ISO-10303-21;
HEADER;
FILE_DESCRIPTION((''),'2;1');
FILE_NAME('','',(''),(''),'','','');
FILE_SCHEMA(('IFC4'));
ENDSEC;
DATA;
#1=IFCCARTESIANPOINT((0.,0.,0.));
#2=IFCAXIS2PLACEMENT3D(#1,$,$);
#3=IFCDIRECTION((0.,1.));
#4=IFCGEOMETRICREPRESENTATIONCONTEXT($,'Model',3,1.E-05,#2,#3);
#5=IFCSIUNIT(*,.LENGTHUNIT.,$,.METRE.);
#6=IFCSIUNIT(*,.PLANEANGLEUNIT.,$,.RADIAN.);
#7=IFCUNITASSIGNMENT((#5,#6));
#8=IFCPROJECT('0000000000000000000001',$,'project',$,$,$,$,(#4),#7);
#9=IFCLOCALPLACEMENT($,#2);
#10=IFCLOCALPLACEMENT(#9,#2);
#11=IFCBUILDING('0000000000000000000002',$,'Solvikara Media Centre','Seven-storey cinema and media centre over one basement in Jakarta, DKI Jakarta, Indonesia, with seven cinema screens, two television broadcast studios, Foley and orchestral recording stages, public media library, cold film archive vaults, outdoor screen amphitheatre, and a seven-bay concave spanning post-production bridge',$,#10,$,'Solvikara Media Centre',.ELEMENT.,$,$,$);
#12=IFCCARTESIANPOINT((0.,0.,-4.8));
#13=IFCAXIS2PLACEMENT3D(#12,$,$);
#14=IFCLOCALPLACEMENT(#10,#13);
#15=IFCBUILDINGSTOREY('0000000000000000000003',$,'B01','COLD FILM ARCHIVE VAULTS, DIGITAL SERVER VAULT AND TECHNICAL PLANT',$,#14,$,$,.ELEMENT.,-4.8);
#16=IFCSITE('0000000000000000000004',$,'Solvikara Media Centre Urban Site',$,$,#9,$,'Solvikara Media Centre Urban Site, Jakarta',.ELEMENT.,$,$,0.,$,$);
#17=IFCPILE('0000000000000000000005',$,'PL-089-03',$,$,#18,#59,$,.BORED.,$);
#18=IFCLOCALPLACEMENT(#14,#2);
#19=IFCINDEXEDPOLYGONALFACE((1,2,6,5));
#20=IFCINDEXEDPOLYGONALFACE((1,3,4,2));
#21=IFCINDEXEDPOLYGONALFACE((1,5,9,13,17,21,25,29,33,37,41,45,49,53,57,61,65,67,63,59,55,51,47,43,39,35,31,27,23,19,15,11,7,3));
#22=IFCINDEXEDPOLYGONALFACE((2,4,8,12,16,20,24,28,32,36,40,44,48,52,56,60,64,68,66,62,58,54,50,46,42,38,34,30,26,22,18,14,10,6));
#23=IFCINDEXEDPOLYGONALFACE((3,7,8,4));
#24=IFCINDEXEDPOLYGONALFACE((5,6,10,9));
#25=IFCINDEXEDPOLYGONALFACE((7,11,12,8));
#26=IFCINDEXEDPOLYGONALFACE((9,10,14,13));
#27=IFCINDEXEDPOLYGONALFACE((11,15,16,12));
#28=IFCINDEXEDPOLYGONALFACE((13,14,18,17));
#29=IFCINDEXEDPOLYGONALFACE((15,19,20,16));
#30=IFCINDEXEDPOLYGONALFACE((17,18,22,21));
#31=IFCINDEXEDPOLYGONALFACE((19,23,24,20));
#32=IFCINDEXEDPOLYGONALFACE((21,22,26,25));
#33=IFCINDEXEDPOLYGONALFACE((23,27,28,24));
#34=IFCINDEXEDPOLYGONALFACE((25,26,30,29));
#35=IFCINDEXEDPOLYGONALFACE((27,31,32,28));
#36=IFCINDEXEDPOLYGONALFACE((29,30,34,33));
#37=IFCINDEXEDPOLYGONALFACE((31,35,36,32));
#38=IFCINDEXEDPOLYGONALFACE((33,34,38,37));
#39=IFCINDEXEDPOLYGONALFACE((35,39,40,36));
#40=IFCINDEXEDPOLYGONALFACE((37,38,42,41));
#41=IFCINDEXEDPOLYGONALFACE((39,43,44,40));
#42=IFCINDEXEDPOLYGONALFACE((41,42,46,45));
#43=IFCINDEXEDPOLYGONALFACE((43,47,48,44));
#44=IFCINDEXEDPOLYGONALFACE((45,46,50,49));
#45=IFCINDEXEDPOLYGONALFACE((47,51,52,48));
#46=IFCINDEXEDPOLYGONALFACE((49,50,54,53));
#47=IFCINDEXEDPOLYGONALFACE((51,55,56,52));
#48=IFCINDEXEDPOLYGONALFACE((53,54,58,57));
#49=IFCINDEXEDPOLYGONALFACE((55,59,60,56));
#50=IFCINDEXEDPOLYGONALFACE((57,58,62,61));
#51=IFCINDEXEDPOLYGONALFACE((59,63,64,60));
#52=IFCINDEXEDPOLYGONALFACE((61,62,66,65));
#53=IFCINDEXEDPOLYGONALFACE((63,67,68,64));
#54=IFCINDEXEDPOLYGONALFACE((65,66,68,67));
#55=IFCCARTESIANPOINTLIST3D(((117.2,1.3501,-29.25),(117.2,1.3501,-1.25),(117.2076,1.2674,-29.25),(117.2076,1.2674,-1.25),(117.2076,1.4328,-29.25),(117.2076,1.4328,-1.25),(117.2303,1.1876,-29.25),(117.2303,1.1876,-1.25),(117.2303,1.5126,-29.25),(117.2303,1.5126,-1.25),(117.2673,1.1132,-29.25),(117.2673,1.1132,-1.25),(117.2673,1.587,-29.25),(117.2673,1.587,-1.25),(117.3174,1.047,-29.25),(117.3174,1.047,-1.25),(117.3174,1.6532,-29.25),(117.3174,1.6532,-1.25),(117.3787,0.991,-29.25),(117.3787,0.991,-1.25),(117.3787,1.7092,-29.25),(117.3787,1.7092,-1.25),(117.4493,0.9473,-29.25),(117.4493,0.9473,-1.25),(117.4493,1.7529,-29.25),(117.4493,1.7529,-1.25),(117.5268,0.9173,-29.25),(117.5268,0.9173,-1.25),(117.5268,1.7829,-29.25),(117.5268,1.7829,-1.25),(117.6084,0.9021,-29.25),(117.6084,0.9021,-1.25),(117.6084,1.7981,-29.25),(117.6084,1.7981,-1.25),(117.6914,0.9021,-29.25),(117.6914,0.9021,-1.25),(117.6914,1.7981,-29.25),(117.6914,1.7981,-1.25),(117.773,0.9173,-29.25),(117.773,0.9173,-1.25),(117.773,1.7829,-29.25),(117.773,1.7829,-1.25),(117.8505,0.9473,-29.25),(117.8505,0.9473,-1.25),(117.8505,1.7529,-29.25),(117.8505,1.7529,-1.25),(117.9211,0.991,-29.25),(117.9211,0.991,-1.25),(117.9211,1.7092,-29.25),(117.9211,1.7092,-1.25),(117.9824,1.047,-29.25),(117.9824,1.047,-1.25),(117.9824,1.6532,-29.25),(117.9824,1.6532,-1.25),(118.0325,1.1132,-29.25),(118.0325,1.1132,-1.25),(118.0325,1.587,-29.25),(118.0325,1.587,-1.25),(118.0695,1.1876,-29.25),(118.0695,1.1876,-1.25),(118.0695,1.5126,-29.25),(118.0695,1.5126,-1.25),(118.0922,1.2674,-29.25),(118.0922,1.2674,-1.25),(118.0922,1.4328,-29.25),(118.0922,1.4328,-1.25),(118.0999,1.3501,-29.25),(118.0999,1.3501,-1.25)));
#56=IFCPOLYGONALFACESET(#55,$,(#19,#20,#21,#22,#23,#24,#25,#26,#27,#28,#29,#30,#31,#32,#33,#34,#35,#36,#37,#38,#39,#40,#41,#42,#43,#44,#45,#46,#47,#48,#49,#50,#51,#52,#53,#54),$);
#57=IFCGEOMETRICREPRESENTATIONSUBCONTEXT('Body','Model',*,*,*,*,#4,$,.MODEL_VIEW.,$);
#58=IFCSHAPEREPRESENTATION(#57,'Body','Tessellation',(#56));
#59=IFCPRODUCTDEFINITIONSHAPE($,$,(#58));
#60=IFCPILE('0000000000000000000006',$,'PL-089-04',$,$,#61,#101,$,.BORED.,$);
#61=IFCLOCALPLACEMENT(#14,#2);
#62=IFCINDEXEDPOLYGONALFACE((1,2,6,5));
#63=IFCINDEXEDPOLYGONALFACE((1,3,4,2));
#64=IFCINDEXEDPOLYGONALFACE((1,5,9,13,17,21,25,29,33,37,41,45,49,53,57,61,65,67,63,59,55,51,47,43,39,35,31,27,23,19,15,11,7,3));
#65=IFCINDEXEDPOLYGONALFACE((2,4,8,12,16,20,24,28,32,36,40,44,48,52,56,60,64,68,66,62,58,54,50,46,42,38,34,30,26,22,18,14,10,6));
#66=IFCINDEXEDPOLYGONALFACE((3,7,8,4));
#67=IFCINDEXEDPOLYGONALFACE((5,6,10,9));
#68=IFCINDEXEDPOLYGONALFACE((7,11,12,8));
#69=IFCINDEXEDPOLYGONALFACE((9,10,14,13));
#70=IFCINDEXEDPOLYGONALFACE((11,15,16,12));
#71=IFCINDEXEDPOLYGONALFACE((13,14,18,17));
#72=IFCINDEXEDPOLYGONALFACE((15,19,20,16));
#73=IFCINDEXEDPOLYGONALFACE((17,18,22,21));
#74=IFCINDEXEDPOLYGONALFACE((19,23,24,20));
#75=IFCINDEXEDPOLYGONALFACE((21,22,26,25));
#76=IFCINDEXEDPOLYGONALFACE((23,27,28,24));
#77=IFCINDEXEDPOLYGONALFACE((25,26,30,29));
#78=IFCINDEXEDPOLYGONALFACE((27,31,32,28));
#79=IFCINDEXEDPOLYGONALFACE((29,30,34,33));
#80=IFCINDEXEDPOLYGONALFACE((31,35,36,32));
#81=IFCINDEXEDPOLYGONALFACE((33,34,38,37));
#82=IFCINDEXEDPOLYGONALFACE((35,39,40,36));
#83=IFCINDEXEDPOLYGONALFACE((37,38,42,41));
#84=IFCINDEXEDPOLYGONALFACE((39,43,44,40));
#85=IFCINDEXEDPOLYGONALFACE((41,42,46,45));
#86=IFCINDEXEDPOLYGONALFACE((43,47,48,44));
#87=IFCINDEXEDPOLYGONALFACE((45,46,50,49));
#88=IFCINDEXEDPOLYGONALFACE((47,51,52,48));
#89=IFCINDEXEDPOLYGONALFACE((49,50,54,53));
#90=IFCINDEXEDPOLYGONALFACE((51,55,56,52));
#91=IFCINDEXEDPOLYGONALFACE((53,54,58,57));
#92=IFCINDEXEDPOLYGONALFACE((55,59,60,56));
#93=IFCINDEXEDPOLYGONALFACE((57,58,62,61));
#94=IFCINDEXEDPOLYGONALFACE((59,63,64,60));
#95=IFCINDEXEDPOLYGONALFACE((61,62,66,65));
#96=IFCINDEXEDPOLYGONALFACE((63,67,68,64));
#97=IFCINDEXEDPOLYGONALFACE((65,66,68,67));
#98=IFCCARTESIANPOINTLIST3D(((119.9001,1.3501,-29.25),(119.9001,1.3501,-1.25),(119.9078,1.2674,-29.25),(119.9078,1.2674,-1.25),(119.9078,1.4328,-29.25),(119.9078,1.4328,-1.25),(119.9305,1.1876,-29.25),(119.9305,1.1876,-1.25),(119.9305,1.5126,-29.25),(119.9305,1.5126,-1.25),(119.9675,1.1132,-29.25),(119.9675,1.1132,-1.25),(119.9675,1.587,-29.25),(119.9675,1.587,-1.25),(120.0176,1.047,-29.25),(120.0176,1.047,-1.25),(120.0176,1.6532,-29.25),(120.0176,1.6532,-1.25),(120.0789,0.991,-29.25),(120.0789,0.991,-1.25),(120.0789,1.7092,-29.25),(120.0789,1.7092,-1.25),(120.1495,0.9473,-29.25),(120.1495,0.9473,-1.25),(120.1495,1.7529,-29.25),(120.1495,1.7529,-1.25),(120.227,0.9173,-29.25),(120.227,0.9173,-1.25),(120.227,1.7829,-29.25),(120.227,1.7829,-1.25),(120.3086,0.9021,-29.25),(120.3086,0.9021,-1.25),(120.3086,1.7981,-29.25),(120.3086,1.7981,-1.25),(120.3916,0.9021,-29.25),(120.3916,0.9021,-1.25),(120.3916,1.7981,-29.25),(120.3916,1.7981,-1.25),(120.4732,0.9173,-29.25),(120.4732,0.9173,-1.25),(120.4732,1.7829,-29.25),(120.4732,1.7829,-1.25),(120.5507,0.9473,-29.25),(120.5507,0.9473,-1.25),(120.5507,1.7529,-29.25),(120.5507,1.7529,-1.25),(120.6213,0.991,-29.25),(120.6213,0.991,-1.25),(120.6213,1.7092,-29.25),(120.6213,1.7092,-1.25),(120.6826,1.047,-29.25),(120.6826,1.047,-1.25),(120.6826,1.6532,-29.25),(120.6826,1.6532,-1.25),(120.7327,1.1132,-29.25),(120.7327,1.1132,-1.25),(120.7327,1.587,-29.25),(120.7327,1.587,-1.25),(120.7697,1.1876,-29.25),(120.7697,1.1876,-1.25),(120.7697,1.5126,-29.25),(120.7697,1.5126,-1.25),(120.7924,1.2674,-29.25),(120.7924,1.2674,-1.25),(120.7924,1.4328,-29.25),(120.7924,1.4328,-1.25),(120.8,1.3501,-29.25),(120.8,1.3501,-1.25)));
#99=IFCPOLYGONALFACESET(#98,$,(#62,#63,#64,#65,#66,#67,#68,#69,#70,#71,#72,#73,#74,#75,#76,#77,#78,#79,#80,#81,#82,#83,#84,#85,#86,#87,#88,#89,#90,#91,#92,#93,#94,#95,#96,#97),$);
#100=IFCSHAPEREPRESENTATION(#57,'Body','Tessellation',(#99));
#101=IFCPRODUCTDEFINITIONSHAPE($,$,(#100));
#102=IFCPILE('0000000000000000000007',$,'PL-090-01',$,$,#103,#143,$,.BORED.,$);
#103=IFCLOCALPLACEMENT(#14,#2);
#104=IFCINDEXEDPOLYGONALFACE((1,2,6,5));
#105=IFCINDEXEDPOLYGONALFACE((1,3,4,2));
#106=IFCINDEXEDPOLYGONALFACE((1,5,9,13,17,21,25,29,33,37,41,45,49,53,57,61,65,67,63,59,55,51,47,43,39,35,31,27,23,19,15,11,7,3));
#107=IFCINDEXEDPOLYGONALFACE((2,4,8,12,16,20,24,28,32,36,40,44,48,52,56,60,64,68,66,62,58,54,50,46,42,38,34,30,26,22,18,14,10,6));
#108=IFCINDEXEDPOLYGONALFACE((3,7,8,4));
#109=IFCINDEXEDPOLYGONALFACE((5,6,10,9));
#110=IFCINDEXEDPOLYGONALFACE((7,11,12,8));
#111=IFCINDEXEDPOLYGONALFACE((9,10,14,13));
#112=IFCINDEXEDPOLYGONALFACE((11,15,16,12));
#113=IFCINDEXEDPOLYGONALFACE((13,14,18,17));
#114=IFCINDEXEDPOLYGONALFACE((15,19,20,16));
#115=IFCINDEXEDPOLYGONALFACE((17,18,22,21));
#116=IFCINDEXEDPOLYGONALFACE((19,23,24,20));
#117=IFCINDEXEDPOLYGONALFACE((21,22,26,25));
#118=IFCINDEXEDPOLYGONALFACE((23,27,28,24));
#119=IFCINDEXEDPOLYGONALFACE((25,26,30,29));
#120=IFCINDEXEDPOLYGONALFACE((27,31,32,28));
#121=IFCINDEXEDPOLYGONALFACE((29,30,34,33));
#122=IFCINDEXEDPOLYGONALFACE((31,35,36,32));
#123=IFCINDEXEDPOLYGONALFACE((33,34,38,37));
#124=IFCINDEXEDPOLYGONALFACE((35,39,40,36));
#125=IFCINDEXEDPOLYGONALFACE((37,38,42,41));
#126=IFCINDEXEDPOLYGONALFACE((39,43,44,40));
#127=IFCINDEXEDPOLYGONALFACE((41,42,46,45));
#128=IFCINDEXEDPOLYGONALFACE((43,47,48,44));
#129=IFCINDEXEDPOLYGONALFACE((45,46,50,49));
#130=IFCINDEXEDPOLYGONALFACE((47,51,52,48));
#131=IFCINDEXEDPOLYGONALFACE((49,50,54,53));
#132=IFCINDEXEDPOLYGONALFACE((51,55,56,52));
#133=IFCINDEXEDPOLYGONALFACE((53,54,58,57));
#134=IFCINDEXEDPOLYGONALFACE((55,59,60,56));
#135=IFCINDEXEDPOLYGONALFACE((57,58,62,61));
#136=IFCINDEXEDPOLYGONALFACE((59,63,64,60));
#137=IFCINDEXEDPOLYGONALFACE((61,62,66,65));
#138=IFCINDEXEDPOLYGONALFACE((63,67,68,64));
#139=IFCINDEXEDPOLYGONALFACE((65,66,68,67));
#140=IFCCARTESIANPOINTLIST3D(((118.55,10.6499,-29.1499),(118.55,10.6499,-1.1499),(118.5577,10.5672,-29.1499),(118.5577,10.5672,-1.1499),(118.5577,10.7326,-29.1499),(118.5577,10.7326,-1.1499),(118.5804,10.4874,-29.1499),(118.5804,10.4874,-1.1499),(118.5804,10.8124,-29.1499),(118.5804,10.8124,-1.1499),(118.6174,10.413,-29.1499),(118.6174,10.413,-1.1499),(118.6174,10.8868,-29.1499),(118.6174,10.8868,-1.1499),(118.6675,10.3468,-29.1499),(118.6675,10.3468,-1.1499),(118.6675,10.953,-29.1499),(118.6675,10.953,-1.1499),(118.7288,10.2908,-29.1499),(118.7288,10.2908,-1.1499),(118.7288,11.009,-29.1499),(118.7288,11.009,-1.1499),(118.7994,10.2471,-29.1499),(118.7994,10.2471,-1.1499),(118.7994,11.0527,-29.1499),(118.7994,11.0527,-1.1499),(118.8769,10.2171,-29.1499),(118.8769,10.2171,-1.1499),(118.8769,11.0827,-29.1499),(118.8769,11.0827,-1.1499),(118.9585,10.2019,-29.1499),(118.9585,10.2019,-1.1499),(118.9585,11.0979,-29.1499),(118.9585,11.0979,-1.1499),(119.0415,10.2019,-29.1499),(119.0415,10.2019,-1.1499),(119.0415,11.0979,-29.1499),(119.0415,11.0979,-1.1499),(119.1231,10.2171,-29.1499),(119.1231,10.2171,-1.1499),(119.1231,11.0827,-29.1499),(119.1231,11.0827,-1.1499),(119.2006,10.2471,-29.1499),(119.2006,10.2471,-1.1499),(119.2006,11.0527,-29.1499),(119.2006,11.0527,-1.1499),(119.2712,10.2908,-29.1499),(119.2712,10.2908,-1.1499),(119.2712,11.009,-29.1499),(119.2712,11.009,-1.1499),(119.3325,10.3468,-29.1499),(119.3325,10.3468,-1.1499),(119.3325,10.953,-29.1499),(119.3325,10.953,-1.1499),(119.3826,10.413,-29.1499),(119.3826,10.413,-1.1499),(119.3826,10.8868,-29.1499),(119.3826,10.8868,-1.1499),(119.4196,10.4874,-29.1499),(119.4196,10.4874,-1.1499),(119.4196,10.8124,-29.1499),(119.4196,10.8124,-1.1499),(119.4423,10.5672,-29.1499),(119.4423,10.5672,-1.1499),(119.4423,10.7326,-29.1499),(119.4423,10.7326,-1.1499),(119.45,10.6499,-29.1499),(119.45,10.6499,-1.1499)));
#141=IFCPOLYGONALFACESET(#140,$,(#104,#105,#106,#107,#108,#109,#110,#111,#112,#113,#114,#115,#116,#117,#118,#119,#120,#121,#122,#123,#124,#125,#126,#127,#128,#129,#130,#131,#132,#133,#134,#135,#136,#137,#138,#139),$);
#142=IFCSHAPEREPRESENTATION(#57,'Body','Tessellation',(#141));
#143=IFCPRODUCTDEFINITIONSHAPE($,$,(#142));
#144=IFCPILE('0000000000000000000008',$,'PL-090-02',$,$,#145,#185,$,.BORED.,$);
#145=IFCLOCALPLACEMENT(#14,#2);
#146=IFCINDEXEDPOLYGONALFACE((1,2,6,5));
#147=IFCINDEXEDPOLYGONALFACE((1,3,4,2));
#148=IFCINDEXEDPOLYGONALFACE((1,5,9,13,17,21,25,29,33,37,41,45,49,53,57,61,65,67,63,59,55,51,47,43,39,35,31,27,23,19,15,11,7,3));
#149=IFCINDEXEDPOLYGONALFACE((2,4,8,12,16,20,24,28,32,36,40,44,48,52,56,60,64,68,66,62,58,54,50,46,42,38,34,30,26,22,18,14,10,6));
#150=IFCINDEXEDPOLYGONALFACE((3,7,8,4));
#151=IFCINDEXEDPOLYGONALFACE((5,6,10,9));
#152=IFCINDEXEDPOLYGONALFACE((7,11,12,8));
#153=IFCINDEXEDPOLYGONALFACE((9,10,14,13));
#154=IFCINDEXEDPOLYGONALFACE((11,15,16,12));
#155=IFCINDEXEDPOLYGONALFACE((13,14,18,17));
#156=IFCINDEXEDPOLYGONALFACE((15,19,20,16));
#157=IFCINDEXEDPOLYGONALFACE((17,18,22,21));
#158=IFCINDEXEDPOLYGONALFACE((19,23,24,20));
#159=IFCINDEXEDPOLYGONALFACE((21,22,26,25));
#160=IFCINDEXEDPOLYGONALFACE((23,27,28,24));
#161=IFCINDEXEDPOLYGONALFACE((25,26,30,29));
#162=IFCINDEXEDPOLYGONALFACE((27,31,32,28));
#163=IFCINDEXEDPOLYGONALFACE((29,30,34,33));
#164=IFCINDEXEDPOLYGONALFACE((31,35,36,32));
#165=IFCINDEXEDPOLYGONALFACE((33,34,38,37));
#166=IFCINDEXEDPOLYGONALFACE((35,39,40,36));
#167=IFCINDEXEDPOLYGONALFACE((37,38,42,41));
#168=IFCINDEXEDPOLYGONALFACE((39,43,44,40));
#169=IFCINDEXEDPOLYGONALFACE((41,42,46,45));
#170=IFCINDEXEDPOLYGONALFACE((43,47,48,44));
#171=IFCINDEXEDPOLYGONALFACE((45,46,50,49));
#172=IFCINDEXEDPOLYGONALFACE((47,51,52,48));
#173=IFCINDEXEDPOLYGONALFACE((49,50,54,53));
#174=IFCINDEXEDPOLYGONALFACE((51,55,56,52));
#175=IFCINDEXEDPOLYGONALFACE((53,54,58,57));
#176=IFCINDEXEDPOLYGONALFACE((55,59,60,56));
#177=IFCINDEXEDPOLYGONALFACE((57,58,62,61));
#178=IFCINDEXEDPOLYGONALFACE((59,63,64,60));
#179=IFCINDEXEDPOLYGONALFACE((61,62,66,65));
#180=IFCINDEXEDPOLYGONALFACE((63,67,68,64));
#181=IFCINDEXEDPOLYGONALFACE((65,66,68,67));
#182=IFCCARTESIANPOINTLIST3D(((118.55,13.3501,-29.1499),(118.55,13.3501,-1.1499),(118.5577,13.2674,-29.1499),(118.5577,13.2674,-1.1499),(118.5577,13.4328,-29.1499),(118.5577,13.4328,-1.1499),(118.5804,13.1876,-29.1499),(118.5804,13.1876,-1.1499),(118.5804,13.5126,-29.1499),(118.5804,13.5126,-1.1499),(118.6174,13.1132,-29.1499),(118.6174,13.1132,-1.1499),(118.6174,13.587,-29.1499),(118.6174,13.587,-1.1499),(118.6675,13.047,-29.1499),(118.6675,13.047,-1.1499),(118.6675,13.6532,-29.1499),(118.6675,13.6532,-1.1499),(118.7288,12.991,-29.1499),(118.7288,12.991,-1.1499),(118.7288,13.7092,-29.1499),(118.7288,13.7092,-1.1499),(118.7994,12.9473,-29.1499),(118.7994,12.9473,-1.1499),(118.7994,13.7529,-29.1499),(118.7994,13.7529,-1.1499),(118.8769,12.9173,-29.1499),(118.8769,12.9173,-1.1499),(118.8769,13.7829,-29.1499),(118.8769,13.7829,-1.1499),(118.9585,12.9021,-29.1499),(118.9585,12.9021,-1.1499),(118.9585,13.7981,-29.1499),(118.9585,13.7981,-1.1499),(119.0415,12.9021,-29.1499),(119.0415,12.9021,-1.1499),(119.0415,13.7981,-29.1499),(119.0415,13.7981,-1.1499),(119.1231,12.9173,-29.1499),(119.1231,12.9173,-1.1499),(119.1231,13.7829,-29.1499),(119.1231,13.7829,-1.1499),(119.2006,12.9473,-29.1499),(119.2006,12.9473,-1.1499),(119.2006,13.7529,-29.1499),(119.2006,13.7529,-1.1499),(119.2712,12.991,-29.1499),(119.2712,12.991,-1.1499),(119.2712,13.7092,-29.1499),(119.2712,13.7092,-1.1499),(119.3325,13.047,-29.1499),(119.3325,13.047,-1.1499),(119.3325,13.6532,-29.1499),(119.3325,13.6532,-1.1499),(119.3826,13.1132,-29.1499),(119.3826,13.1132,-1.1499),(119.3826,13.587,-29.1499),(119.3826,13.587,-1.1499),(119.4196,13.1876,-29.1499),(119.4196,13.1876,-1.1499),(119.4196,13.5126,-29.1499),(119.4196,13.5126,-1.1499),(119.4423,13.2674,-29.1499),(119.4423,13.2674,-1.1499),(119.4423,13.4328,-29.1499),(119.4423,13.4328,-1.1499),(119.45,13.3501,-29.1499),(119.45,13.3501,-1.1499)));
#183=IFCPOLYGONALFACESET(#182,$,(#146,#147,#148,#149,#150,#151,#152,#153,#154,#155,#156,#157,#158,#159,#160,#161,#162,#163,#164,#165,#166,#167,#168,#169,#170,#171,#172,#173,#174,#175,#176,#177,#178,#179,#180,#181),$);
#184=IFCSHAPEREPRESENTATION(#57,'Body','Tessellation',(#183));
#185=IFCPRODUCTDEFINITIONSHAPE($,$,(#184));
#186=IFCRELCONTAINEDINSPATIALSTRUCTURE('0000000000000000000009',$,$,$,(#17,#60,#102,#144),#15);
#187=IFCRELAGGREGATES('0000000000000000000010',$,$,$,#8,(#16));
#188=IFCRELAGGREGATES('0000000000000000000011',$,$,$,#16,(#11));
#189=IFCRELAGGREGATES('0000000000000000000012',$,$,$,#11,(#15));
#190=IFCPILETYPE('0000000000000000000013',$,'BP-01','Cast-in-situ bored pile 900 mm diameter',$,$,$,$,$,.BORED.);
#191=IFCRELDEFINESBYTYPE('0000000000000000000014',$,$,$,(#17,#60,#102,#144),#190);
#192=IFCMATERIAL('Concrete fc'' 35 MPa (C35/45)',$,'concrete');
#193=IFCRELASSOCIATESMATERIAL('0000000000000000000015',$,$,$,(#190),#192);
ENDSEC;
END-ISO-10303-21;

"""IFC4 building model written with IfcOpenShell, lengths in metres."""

from ifc_helpers import new_model, si_unit, direction, frame, origin, origin_2d, place, context, subcontext, project, spatial, circle, extrude, material, material_profile, profile_set, type_object, element, save


model = new_model("IFC4")

# Units and contexts
model_context = context("Model", 3, precision=1e-05, world=origin(), true_north=direction((0.0, 1.0)))
body_context = subcontext(model_context, "Body", "Model", "MODEL_VIEW")
ifc_project = project(units=[si_unit("LENGTHUNIT", "METRE"), si_unit("PLANEANGLEUNIT", "RADIAN")], contexts=[model_context])

# Site, building, storey
site_placement = place(None, origin())
site = spatial("IfcSite", under=ifc_project, at=site_placement, Name="Solvikara Media Centre Urban Site", LongName="Solvikara Media Centre Urban Site, Jakarta", CompositionType="ELEMENT", RefElevation=0.0)
building_placement = place(site_placement, origin())
building = spatial("IfcBuilding", under=site, at=building_placement, Name="Solvikara Media Centre", Description="Seven-storey cinema and media centre over one basement in Jakarta, DKI Jakarta, Indonesia, with seven cinema screens, two television broadcast studios, Foley and orchestral recording stages, public media library, cold film archive vaults, outdoor screen amphitheatre, and a seven-bay concave spanning post-production bridge", LongName="Solvikara Media Centre", CompositionType="ELEMENT")
storey_placement = place(building_placement, frame((0.0, 0.0, -4.8)))
storey = spatial("IfcBuildingStorey", under=building, at=storey_placement, Name="B01", Description="COLD FILM ARCHIVE VAULTS, DIGITAL SERVER VAULT AND TECHNICAL PLANT", CompositionType="ELEMENT", Elevation=-4.8)

# Piles
ifc_material_1 = material(Name="Concrete fc' 35 MPa (C35/45)", Category="concrete")
ifc_material_profile_1 = material_profile(ifc_material_1, circle(Radius=0.45, at=origin_2d()), Name="BORED PILE D900")
ifc_profile_set_1 = profile_set([ifc_material_profile_1], Name="Concrete fc' 35 MPa (C35/45)")
pile_type_1 = type_object("IfcPileType", Name="BP-01", Description="Cast-in-situ bored pile 900 mm diameter", PredefinedType="BORED", material=ifc_profile_set_1)
for number, where, z_axis, x_axis, name in (
    (1, (117.6499, 1.3501, -1.25), (0.0, 0.0, -1.0), (1.0, 0.0, 0.0), "PL-089-03"),
    (2, (120.3501, 1.3501, -1.25), (0.0, 0.0, -1.0), (1.0, 0.0, 0.0), "PL-089-04"),
    (3, (119.0, 10.6499, -1.1499), (0.0, 0.0, -1.0), (1.0, 0.0, 0.0), "PL-090-01"),
    (4, (119.0, 13.3501, -1.1499), (0.0, 0.0, -1.0), (1.0, 0.0, 0.0), "PL-090-02"),
):
    element("IfcPile", number, at=place(storey_placement, frame(where, z_axis=z_axis, x_axis=x_axis)), inside=storey, type_object=pile_type_1, Name=name, PredefinedType="BORED", context=body_context, shape_type="SweptSolid", body=[
        extrude(circle(Radius=0.45, at=origin_2d()), origin(), (0.0, 0.0, 1.0), 28.0),
    ])

save(model, "model.ifc")
